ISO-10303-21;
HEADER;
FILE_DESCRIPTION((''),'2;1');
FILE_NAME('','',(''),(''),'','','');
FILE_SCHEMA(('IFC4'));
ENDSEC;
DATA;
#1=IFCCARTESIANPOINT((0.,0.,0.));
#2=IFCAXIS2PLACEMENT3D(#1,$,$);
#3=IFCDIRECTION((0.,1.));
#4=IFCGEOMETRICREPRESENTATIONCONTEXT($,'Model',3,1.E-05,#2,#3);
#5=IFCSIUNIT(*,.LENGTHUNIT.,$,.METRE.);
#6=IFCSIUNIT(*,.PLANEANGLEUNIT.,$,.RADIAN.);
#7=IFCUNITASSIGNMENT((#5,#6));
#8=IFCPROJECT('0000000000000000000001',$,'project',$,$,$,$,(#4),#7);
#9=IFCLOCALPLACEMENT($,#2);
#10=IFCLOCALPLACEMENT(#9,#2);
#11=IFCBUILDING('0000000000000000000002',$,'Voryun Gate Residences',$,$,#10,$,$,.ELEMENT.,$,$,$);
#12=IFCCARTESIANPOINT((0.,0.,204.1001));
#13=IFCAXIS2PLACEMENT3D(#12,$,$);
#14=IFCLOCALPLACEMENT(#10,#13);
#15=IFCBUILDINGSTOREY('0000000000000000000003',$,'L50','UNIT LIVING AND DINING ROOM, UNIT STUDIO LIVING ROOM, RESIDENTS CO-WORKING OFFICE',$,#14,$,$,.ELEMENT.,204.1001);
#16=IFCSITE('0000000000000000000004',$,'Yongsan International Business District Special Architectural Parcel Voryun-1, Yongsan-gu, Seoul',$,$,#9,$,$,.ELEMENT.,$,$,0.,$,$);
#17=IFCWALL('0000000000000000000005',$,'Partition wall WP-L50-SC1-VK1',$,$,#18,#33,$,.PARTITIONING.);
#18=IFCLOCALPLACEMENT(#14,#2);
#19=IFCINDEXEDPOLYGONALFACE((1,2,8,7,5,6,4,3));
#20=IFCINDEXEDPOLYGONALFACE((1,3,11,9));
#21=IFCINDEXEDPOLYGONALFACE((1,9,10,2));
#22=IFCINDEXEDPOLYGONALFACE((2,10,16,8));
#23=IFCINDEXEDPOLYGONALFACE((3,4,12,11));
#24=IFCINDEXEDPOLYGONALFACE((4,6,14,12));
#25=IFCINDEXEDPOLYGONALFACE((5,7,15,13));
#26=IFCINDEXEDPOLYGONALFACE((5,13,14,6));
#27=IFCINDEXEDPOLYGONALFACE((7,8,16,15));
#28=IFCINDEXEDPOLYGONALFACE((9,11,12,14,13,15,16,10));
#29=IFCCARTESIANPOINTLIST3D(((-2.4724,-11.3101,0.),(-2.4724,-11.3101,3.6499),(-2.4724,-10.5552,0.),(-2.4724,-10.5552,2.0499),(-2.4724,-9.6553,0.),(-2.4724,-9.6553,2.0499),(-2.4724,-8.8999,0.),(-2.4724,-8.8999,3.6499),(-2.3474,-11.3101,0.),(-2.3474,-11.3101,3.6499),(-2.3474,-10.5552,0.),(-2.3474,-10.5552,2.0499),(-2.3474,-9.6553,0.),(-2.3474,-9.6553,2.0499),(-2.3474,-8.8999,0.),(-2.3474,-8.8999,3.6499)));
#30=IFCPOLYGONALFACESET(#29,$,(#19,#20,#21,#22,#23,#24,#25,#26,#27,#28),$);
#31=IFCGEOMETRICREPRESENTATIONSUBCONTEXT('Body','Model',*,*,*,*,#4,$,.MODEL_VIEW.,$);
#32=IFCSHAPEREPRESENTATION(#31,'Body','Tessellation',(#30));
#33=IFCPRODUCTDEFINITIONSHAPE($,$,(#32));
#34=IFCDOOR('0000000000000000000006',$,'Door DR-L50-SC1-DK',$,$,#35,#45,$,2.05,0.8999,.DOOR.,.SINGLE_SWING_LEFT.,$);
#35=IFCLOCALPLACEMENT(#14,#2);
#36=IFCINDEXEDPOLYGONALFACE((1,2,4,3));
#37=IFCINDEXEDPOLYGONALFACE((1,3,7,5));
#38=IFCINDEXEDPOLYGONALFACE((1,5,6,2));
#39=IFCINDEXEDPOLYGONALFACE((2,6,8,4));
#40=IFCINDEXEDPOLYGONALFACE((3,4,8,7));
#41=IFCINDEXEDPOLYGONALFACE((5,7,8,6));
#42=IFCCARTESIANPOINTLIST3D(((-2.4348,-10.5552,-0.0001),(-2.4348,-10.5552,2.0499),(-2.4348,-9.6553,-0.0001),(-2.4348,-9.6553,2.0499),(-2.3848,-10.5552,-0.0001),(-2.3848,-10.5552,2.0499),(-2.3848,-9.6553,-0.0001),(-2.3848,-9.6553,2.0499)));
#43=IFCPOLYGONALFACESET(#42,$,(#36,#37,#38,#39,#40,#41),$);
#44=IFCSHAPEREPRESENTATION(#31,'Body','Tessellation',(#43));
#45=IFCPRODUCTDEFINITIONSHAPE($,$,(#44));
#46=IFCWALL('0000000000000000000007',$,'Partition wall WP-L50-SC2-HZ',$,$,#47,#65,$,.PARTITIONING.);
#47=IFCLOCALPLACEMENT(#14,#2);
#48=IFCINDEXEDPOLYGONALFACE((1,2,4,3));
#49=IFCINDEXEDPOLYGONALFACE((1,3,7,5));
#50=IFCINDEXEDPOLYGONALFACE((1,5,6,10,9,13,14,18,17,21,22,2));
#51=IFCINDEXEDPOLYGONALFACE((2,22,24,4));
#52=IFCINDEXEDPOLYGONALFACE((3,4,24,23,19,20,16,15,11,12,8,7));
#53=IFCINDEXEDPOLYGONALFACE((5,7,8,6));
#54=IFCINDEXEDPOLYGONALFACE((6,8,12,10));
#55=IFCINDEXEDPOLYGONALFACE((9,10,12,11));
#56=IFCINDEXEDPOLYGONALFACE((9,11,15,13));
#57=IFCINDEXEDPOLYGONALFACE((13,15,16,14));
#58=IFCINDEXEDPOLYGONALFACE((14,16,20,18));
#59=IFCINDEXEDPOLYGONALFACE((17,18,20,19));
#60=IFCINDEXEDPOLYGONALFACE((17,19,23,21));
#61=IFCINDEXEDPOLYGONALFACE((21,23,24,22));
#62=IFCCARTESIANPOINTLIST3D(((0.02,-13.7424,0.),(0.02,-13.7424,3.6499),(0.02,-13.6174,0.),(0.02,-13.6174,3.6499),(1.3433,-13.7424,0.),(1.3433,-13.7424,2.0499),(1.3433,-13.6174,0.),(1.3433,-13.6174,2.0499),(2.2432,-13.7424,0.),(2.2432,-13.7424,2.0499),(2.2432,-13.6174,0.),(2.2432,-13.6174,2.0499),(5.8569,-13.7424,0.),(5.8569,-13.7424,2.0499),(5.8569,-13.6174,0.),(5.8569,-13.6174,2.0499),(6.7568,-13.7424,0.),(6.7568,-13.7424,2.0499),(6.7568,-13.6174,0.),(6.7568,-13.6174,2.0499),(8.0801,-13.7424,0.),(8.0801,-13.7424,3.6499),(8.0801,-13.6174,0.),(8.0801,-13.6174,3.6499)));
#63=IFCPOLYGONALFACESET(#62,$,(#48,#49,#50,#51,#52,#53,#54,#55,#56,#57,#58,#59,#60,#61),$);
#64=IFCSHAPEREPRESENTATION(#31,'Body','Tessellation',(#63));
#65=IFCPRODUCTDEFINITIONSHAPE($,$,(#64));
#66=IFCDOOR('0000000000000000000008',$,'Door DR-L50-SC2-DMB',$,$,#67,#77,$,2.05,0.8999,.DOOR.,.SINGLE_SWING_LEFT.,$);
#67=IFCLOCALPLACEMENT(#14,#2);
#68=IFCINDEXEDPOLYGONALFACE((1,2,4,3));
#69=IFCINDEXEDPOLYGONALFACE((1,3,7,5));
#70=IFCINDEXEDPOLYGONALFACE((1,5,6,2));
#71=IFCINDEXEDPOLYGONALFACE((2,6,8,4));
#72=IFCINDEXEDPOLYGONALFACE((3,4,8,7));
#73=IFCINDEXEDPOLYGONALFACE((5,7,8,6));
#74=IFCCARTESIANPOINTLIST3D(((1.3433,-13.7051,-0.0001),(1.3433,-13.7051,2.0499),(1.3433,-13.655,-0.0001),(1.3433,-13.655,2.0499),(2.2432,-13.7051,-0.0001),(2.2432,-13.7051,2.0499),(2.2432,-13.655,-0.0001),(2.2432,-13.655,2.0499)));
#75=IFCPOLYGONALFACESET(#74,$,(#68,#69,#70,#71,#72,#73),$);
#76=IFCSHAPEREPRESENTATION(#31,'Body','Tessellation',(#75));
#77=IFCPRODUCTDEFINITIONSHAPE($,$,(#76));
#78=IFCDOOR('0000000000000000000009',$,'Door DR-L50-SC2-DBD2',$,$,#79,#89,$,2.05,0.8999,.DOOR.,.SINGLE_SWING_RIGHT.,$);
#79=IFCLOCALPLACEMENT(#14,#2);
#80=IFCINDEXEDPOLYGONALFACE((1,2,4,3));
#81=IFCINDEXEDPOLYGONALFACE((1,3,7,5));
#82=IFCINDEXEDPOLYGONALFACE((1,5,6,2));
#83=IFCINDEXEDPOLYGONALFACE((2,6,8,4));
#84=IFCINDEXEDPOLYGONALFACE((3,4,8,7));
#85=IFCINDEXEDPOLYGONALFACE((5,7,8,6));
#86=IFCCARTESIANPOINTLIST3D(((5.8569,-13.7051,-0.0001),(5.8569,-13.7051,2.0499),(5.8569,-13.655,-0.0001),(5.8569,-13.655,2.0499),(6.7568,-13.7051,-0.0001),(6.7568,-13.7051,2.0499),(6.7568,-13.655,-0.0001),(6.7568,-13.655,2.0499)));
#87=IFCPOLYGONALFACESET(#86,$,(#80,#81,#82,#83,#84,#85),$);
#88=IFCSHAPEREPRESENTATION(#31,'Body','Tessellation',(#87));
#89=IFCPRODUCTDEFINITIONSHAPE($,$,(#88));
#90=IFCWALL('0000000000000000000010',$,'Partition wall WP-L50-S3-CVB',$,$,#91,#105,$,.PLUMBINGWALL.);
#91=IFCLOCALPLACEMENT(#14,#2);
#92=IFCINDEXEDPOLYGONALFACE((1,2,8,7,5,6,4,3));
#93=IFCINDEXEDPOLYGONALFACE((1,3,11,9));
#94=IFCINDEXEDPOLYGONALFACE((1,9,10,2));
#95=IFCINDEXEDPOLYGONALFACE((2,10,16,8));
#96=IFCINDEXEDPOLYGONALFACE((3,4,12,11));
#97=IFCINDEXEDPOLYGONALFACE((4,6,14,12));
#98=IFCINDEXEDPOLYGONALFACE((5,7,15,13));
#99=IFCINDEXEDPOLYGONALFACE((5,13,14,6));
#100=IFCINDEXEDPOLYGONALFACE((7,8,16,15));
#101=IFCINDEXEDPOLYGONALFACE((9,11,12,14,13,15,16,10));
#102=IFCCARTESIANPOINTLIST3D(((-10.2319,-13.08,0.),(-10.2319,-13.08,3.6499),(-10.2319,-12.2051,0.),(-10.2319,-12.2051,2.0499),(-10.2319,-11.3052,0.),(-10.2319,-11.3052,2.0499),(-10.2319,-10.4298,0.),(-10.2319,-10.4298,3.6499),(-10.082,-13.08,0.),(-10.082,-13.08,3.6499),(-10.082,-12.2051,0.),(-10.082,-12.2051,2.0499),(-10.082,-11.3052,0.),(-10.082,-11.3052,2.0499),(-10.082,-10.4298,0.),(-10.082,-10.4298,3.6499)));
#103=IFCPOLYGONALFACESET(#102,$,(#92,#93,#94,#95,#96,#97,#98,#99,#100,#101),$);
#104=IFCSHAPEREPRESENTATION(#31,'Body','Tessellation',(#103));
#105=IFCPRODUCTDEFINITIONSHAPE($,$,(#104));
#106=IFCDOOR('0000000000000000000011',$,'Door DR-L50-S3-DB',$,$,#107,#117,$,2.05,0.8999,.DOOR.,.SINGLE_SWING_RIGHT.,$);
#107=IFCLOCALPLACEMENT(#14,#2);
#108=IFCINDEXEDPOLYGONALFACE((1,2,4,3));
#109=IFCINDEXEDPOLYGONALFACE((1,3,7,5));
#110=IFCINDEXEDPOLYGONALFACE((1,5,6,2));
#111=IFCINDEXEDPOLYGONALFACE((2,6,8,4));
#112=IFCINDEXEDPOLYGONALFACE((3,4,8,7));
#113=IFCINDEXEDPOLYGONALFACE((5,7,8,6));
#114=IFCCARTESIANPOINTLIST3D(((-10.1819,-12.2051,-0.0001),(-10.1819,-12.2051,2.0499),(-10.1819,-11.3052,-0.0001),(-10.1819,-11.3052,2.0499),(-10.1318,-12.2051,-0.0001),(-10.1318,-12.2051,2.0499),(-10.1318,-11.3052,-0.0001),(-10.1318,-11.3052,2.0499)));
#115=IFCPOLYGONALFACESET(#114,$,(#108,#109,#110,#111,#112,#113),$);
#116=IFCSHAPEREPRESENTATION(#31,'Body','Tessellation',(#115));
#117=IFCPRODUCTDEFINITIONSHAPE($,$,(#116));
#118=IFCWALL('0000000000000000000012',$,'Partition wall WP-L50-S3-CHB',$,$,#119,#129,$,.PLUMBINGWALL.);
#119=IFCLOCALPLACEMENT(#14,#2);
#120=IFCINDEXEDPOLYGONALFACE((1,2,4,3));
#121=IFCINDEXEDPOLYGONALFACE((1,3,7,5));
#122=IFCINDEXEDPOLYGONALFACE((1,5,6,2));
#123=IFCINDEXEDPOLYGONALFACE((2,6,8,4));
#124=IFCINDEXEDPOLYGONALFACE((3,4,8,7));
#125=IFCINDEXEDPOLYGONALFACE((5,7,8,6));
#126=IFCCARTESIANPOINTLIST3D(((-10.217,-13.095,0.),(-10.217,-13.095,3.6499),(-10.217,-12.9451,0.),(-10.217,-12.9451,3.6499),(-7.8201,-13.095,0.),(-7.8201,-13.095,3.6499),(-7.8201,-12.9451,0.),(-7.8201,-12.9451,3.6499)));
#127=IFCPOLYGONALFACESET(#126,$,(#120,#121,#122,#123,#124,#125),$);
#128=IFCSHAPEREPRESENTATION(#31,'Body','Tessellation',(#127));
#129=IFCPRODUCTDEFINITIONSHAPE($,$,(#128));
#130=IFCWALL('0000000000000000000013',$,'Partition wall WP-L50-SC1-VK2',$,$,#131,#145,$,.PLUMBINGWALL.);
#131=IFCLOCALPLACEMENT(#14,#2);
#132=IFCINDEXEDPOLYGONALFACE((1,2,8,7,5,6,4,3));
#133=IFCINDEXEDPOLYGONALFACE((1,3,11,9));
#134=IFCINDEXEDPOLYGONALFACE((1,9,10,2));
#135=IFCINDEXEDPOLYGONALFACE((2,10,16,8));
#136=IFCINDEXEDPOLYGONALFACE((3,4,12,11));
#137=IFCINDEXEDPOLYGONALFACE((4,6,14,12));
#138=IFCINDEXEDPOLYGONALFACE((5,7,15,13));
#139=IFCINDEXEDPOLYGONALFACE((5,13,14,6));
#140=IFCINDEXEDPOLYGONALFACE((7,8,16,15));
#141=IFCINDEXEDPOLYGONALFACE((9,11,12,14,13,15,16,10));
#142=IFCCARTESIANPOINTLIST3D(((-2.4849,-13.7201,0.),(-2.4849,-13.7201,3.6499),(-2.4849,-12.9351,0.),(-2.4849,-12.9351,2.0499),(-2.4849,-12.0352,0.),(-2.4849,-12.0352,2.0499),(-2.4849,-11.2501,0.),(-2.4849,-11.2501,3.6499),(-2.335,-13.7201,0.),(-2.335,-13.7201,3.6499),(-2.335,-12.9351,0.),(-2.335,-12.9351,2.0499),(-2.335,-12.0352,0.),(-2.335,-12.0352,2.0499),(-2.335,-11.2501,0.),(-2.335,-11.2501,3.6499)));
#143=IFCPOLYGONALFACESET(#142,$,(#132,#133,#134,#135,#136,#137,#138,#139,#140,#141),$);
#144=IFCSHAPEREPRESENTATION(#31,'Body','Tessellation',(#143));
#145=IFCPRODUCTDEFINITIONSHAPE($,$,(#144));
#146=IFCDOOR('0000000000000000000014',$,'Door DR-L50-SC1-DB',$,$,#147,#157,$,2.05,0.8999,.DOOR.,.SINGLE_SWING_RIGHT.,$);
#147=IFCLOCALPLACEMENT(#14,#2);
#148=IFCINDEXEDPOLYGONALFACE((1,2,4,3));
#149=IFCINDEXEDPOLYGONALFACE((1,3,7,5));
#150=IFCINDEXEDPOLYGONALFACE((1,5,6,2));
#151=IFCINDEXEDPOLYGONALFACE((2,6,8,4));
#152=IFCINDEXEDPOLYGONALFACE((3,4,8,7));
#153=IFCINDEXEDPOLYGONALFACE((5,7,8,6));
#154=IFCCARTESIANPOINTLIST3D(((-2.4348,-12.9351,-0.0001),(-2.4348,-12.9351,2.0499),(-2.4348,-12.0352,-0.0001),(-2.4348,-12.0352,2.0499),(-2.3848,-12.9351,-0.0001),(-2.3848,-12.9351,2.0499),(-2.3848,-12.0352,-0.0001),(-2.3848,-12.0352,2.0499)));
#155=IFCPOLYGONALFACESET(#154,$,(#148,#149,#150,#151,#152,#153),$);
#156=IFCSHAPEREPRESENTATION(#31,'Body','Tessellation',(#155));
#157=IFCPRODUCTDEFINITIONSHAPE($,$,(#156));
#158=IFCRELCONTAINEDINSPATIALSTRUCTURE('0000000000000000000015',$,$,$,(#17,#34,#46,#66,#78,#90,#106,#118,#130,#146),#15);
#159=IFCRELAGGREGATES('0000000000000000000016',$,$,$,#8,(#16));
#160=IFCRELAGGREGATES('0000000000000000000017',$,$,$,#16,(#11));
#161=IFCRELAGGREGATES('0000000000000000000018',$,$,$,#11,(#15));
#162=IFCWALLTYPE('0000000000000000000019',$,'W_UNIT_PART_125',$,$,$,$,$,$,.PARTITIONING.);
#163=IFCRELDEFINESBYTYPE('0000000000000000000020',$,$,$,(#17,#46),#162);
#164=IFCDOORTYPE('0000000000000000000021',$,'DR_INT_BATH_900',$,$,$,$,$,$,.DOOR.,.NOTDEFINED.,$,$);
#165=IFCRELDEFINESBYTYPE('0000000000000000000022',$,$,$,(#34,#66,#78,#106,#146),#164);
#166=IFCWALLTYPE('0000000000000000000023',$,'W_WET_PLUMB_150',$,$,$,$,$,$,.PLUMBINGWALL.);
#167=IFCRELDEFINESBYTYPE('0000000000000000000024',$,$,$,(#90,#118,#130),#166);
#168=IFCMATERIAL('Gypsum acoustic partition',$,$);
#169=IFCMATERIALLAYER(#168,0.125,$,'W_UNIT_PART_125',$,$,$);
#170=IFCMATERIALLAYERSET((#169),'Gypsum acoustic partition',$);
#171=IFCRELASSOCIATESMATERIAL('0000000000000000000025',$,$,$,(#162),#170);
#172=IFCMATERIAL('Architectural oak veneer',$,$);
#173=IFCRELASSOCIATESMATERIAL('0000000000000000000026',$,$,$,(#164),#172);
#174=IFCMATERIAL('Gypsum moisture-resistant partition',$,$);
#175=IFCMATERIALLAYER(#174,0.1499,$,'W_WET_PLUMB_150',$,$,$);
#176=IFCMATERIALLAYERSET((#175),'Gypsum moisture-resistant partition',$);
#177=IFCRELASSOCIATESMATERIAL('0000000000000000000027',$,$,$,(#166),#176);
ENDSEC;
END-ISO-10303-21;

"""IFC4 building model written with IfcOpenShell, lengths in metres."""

from ifc_helpers import new_model, si_unit, direction, frame, frame_2d, origin, place, context, subcontext, project, spatial, rectangle, extrude, material, layer, layer_set, type_object, element, fill, save


model = new_model("IFC4")

# Units and contexts
model_context = context("Model", 3, precision=1e-05, world=origin(), true_north=direction((0.0, 1.0)))
body_context = subcontext(model_context, "Body", "Model", "MODEL_VIEW")
ifc_project = project(units=[si_unit("LENGTHUNIT", "METRE"), si_unit("PLANEANGLEUNIT", "RADIAN")], contexts=[model_context])

# Site, building, storey
site_placement = place(None, origin())
site = spatial("IfcSite", under=ifc_project, at=site_placement, Name="Yongsan International Business District Special Architectural Parcel Voryun-1, Yongsan-gu, Seoul", CompositionType="ELEMENT", RefElevation=0.0)
building_placement = place(site_placement, origin())
building = spatial("IfcBuilding", under=site, at=building_placement, Name="Voryun Gate Residences", CompositionType="ELEMENT")
storey_placement = place(building_placement, frame((0.0, 0.0, 204.1001)))
storey = spatial("IfcBuildingStorey", under=building, at=storey_placement, Name="L50", Description="UNIT LIVING AND DINING ROOM, UNIT STUDIO LIVING ROOM, RESIDENTS CO-WORKING OFFICE", CompositionType="ELEMENT", Elevation=204.1001)

# Shared definitions
ifc_material_1 = material(Name="Gypsum acoustic partition")
ifc_layer_1 = layer(ifc_material_1, 0.125, Name="W_UNIT_PART_125")
ifc_layer_set_1 = layer_set([ifc_layer_1], Name="Gypsum acoustic partition")
wall_type_1 = type_object("IfcWallType", Name="W_UNIT_PART_125", PredefinedType="PARTITIONING", material=ifc_layer_set_1)
ifc_material_2 = material(Name="Architectural oak veneer")
door_type = type_object("IfcDoorType", Name="DR_INT_BATH_900", OperationType="NOTDEFINED", PredefinedType="DOOR", material=ifc_material_2)

# Wall, opening, door
wall_1_placement = place(storey_placement, frame((-2.4099, -11.3101, 0.0), z_axis=(0.0, 0.0, 1.0), x_axis=(0.0, 1.0, 0.0)))
wall_1 = element("IfcWall", 1, at=wall_1_placement, inside=storey, type_object=wall_type_1, Name="Partition wall WP-L50-SC1-VK1", PredefinedType="PARTITIONING", context=body_context, shape_type="SweptSolid", body=[
    extrude(rectangle(XDim=2.4102, YDim=0.125, at=frame_2d((1.2051, 0.0))), origin(), (0.0, 0.0, 1.0), 3.6499),
])
opening_1_placement = place(wall_1_placement, frame((0.7549, 0.0, 0.0)))
opening_1 = element("IfcOpeningElement", 2, at=opening_1_placement, cuts=wall_1, PredefinedType="OPENING", context=body_context, shape_type="SweptSolid", body=[
    extrude(rectangle(XDim=0.8999, YDim=2.05, at=frame_2d((0.45, 1.0249))), frame((0.0, 0.0725, 0.0), z_axis=(0.0, -1.0, 0.0), x_axis=(1.0, 0.0, 0.0)), (0.0, 0.0, 1.0), 0.145),
])
door_1_placement = place(opening_1_placement, origin())
door_1 = element("IfcDoor", 3, at=door_1_placement, inside=storey, type_object=door_type, Name="Door DR-L50-SC1-DK", OperationType="SINGLE_SWING_LEFT", OverallHeight=2.05, OverallWidth=0.8999, PredefinedType="DOOR", context=body_context, shape_type="SweptSolid", body=[
    extrude(rectangle(XDim=0.8999, YDim=2.05, at=frame_2d((0.45, 1.0249))), frame((0.0, 0.0249, 0.0), z_axis=(0.0, -1.0, 0.0), x_axis=(1.0, 0.0, 0.0)), (0.0, 0.0, 1.0), 0.05),
])
fill(opening_1, door_1)

# Wall, openings, doors
wall_2_placement = place(storey_placement, frame((0.02, -13.6799, 0.0), z_axis=(0.0, 0.0, 1.0), x_axis=(1.0, 0.0, 0.0)))
wall_2 = element("IfcWall", 4, at=wall_2_placement, inside=storey, type_object=wall_type_1, Name="Partition wall WP-L50-SC2-HZ", PredefinedType="PARTITIONING", context=body_context, shape_type="SweptSolid", body=[
    extrude(rectangle(XDim=8.0601, YDim=0.125, at=frame_2d((4.03, 0.0))), origin(), (0.0, 0.0, 1.0), 3.6499),
])
opening_2_placement = place(wall_2_placement, frame((1.3232, 0.0, 0.0)))
opening_2 = element("IfcOpeningElement", 5, at=opening_2_placement, cuts=wall_2, PredefinedType="OPENING", context=body_context, shape_type="SweptSolid", body=[
    extrude(rectangle(XDim=0.8999, YDim=2.05, at=frame_2d((0.45, 1.0249))), frame((0.0, 0.0725, 0.0), z_axis=(0.0, -1.0, 0.0), x_axis=(1.0, 0.0, 0.0)), (0.0, 0.0, 1.0), 0.145),
])
opening_3_placement = place(wall_2_placement, frame((5.8369, 0.0, 0.0)))
opening_3 = element("IfcOpeningElement", 6, at=opening_3_placement, cuts=wall_2, PredefinedType="OPENING", context=body_context, shape_type="SweptSolid", body=[
    extrude(rectangle(XDim=0.8999, YDim=2.05, at=frame_2d((0.45, 1.0249))), frame((0.0, 0.0725, 0.0), z_axis=(0.0, -1.0, 0.0), x_axis=(1.0, 0.0, 0.0)), (0.0, 0.0, 1.0), 0.145),
])
door_2_placement = place(opening_2_placement, origin())
door_2 = element("IfcDoor", 7, at=door_2_placement, inside=storey, type_object=door_type, Name="Door DR-L50-SC2-DMB", OperationType="SINGLE_SWING_LEFT", OverallHeight=2.05, OverallWidth=0.8999, PredefinedType="DOOR", context=body_context, shape_type="SweptSolid", body=[
    extrude(rectangle(XDim=0.8999, YDim=2.05, at=frame_2d((0.45, 1.0249))), frame((0.0, 0.0249, 0.0), z_axis=(0.0, -1.0, 0.0), x_axis=(1.0, 0.0, 0.0)), (0.0, 0.0, 1.0), 0.05),
])
fill(opening_2, door_2)
door_3_placement = place(opening_3_placement, origin())
door_3 = element("IfcDoor", 8, at=door_3_placement, inside=storey, type_object=door_type, Name="Door DR-L50-SC2-DBD2", OperationType="SINGLE_SWING_RIGHT", OverallHeight=2.05, OverallWidth=0.8999, PredefinedType="DOOR", context=body_context, shape_type="SweptSolid", body=[
    extrude(rectangle(XDim=0.8999, YDim=2.05, at=frame_2d((0.45, 1.0249))), frame((0.0, 0.0249, 0.0), z_axis=(0.0, -1.0, 0.0), x_axis=(1.0, 0.0, 0.0)), (0.0, 0.0, 1.0), 0.05),
])
fill(opening_3, door_3)

# Wall, opening, door
ifc_material_3 = material(Name="Gypsum moisture-resistant partition")
ifc_layer_2 = layer(ifc_material_3, 0.1499, Name="W_WET_PLUMB_150")
ifc_layer_set_2 = layer_set([ifc_layer_2], Name="Gypsum moisture-resistant partition")
wall_type_2 = type_object("IfcWallType", Name="W_WET_PLUMB_150", PredefinedType="PLUMBINGWALL", material=ifc_layer_set_2)
wall_3_placement = place(storey_placement, frame((-10.157, -13.0801, 0.0), z_axis=(0.0, 0.0, 1.0), x_axis=(0.0, 1.0, 0.0)))
wall_3 = element("IfcWall", 9, at=wall_3_placement, inside=storey, type_object=wall_type_2, Name="Partition wall WP-L50-S3-CVB", PredefinedType="PLUMBINGWALL", context=body_context, shape_type="SweptSolid", body=[
    extrude(rectangle(XDim=2.6501, YDim=0.1499, at=frame_2d((1.3252, 0.0))), origin(), (0.0, 0.0, 1.0), 3.6499),
])
opening_4_placement = place(wall_3_placement, frame((0.875, 0.0, 0.0)))
opening_4 = element("IfcOpeningElement", 10, at=opening_4_placement, cuts=wall_3, PredefinedType="OPENING", context=body_context, shape_type="SweptSolid", body=[
    extrude(rectangle(XDim=0.8999, YDim=2.05, at=frame_2d((0.45, 1.0249))), frame((0.0, 0.085, 0.0), z_axis=(0.0, -1.0, 0.0), x_axis=(1.0, 0.0, 0.0)), (0.0, 0.0, 1.0), 0.1699),
])
door_4_placement = place(opening_4_placement, origin())
door_4 = element("IfcDoor", 11, at=door_4_placement, inside=storey, type_object=door_type, Name="Door DR-L50-S3-DB", OperationType="SINGLE_SWING_RIGHT", OverallHeight=2.05, OverallWidth=0.8999, PredefinedType="DOOR", context=body_context, shape_type="SweptSolid", body=[
    extrude(rectangle(XDim=0.8999, YDim=2.05, at=frame_2d((0.45, 1.0249))), frame((0.0, 0.0249, 0.0), z_axis=(0.0, -1.0, 0.0), x_axis=(1.0, 0.0, 0.0)), (0.0, 0.0, 1.0), 0.05),
])
fill(opening_4, door_4)

# Wall
wall_4_placement = place(storey_placement, frame((-10.217, -13.02, 0.0), z_axis=(0.0, 0.0, 1.0), x_axis=(1.0, 0.0, 0.0)))
element("IfcWall", 12, at=wall_4_placement, inside=storey, type_object=wall_type_2, Name="Partition wall WP-L50-S3-CHB", PredefinedType="PLUMBINGWALL", context=body_context, shape_type="SweptSolid", body=[
    extrude(rectangle(XDim=2.397, YDim=0.1499, at=frame_2d((1.1985, 0.0))), origin(), (0.0, 0.0, 1.0), 3.6499),
])

# Wall, opening, door
wall_5_placement = place(storey_placement, frame((-2.4099, -13.72, 0.0), z_axis=(0.0, 0.0, 1.0), x_axis=(0.0, 1.0, 0.0)))
wall_5 = element("IfcWall", 13, at=wall_5_placement, inside=storey, type_object=wall_type_2, Name="Partition wall WP-L50-SC1-VK2", PredefinedType="PLUMBINGWALL", context=body_context, shape_type="SweptSolid", body=[
    extrude(rectangle(XDim=2.47, YDim=0.1499, at=frame_2d((1.2349, 0.0))), origin(), (0.0, 0.0, 1.0), 3.6499),
])
opening_5_placement = place(wall_5_placement, frame((0.7849, 0.0, 0.0)))
opening_5 = element("IfcOpeningElement", 14, at=opening_5_placement, cuts=wall_5, PredefinedType="OPENING", context=body_context, shape_type="SweptSolid", body=[
    extrude(rectangle(XDim=0.8999, YDim=2.05, at=frame_2d((0.45, 1.0249))), frame((0.0, 0.085, 0.0), z_axis=(0.0, -1.0, 0.0), x_axis=(1.0, 0.0, 0.0)), (0.0, 0.0, 1.0), 0.1699),
])
door_5_placement = place(opening_5_placement, origin())
door_5 = element("IfcDoor", 15, at=door_5_placement, inside=storey, type_object=door_type, Name="Door DR-L50-SC1-DB", OperationType="SINGLE_SWING_RIGHT", OverallHeight=2.05, OverallWidth=0.8999, PredefinedType="DOOR", context=body_context, shape_type="SweptSolid", body=[
    extrude(rectangle(XDim=0.8999, YDim=2.05, at=frame_2d((0.45, 1.0249))), frame((0.0, 0.0249, 0.0), z_axis=(0.0, -1.0, 0.0), x_axis=(1.0, 0.0, 0.0)), (0.0, 0.0, 1.0), 0.05),
])
fill(opening_5, door_5)

save(model, "model.ifc")
